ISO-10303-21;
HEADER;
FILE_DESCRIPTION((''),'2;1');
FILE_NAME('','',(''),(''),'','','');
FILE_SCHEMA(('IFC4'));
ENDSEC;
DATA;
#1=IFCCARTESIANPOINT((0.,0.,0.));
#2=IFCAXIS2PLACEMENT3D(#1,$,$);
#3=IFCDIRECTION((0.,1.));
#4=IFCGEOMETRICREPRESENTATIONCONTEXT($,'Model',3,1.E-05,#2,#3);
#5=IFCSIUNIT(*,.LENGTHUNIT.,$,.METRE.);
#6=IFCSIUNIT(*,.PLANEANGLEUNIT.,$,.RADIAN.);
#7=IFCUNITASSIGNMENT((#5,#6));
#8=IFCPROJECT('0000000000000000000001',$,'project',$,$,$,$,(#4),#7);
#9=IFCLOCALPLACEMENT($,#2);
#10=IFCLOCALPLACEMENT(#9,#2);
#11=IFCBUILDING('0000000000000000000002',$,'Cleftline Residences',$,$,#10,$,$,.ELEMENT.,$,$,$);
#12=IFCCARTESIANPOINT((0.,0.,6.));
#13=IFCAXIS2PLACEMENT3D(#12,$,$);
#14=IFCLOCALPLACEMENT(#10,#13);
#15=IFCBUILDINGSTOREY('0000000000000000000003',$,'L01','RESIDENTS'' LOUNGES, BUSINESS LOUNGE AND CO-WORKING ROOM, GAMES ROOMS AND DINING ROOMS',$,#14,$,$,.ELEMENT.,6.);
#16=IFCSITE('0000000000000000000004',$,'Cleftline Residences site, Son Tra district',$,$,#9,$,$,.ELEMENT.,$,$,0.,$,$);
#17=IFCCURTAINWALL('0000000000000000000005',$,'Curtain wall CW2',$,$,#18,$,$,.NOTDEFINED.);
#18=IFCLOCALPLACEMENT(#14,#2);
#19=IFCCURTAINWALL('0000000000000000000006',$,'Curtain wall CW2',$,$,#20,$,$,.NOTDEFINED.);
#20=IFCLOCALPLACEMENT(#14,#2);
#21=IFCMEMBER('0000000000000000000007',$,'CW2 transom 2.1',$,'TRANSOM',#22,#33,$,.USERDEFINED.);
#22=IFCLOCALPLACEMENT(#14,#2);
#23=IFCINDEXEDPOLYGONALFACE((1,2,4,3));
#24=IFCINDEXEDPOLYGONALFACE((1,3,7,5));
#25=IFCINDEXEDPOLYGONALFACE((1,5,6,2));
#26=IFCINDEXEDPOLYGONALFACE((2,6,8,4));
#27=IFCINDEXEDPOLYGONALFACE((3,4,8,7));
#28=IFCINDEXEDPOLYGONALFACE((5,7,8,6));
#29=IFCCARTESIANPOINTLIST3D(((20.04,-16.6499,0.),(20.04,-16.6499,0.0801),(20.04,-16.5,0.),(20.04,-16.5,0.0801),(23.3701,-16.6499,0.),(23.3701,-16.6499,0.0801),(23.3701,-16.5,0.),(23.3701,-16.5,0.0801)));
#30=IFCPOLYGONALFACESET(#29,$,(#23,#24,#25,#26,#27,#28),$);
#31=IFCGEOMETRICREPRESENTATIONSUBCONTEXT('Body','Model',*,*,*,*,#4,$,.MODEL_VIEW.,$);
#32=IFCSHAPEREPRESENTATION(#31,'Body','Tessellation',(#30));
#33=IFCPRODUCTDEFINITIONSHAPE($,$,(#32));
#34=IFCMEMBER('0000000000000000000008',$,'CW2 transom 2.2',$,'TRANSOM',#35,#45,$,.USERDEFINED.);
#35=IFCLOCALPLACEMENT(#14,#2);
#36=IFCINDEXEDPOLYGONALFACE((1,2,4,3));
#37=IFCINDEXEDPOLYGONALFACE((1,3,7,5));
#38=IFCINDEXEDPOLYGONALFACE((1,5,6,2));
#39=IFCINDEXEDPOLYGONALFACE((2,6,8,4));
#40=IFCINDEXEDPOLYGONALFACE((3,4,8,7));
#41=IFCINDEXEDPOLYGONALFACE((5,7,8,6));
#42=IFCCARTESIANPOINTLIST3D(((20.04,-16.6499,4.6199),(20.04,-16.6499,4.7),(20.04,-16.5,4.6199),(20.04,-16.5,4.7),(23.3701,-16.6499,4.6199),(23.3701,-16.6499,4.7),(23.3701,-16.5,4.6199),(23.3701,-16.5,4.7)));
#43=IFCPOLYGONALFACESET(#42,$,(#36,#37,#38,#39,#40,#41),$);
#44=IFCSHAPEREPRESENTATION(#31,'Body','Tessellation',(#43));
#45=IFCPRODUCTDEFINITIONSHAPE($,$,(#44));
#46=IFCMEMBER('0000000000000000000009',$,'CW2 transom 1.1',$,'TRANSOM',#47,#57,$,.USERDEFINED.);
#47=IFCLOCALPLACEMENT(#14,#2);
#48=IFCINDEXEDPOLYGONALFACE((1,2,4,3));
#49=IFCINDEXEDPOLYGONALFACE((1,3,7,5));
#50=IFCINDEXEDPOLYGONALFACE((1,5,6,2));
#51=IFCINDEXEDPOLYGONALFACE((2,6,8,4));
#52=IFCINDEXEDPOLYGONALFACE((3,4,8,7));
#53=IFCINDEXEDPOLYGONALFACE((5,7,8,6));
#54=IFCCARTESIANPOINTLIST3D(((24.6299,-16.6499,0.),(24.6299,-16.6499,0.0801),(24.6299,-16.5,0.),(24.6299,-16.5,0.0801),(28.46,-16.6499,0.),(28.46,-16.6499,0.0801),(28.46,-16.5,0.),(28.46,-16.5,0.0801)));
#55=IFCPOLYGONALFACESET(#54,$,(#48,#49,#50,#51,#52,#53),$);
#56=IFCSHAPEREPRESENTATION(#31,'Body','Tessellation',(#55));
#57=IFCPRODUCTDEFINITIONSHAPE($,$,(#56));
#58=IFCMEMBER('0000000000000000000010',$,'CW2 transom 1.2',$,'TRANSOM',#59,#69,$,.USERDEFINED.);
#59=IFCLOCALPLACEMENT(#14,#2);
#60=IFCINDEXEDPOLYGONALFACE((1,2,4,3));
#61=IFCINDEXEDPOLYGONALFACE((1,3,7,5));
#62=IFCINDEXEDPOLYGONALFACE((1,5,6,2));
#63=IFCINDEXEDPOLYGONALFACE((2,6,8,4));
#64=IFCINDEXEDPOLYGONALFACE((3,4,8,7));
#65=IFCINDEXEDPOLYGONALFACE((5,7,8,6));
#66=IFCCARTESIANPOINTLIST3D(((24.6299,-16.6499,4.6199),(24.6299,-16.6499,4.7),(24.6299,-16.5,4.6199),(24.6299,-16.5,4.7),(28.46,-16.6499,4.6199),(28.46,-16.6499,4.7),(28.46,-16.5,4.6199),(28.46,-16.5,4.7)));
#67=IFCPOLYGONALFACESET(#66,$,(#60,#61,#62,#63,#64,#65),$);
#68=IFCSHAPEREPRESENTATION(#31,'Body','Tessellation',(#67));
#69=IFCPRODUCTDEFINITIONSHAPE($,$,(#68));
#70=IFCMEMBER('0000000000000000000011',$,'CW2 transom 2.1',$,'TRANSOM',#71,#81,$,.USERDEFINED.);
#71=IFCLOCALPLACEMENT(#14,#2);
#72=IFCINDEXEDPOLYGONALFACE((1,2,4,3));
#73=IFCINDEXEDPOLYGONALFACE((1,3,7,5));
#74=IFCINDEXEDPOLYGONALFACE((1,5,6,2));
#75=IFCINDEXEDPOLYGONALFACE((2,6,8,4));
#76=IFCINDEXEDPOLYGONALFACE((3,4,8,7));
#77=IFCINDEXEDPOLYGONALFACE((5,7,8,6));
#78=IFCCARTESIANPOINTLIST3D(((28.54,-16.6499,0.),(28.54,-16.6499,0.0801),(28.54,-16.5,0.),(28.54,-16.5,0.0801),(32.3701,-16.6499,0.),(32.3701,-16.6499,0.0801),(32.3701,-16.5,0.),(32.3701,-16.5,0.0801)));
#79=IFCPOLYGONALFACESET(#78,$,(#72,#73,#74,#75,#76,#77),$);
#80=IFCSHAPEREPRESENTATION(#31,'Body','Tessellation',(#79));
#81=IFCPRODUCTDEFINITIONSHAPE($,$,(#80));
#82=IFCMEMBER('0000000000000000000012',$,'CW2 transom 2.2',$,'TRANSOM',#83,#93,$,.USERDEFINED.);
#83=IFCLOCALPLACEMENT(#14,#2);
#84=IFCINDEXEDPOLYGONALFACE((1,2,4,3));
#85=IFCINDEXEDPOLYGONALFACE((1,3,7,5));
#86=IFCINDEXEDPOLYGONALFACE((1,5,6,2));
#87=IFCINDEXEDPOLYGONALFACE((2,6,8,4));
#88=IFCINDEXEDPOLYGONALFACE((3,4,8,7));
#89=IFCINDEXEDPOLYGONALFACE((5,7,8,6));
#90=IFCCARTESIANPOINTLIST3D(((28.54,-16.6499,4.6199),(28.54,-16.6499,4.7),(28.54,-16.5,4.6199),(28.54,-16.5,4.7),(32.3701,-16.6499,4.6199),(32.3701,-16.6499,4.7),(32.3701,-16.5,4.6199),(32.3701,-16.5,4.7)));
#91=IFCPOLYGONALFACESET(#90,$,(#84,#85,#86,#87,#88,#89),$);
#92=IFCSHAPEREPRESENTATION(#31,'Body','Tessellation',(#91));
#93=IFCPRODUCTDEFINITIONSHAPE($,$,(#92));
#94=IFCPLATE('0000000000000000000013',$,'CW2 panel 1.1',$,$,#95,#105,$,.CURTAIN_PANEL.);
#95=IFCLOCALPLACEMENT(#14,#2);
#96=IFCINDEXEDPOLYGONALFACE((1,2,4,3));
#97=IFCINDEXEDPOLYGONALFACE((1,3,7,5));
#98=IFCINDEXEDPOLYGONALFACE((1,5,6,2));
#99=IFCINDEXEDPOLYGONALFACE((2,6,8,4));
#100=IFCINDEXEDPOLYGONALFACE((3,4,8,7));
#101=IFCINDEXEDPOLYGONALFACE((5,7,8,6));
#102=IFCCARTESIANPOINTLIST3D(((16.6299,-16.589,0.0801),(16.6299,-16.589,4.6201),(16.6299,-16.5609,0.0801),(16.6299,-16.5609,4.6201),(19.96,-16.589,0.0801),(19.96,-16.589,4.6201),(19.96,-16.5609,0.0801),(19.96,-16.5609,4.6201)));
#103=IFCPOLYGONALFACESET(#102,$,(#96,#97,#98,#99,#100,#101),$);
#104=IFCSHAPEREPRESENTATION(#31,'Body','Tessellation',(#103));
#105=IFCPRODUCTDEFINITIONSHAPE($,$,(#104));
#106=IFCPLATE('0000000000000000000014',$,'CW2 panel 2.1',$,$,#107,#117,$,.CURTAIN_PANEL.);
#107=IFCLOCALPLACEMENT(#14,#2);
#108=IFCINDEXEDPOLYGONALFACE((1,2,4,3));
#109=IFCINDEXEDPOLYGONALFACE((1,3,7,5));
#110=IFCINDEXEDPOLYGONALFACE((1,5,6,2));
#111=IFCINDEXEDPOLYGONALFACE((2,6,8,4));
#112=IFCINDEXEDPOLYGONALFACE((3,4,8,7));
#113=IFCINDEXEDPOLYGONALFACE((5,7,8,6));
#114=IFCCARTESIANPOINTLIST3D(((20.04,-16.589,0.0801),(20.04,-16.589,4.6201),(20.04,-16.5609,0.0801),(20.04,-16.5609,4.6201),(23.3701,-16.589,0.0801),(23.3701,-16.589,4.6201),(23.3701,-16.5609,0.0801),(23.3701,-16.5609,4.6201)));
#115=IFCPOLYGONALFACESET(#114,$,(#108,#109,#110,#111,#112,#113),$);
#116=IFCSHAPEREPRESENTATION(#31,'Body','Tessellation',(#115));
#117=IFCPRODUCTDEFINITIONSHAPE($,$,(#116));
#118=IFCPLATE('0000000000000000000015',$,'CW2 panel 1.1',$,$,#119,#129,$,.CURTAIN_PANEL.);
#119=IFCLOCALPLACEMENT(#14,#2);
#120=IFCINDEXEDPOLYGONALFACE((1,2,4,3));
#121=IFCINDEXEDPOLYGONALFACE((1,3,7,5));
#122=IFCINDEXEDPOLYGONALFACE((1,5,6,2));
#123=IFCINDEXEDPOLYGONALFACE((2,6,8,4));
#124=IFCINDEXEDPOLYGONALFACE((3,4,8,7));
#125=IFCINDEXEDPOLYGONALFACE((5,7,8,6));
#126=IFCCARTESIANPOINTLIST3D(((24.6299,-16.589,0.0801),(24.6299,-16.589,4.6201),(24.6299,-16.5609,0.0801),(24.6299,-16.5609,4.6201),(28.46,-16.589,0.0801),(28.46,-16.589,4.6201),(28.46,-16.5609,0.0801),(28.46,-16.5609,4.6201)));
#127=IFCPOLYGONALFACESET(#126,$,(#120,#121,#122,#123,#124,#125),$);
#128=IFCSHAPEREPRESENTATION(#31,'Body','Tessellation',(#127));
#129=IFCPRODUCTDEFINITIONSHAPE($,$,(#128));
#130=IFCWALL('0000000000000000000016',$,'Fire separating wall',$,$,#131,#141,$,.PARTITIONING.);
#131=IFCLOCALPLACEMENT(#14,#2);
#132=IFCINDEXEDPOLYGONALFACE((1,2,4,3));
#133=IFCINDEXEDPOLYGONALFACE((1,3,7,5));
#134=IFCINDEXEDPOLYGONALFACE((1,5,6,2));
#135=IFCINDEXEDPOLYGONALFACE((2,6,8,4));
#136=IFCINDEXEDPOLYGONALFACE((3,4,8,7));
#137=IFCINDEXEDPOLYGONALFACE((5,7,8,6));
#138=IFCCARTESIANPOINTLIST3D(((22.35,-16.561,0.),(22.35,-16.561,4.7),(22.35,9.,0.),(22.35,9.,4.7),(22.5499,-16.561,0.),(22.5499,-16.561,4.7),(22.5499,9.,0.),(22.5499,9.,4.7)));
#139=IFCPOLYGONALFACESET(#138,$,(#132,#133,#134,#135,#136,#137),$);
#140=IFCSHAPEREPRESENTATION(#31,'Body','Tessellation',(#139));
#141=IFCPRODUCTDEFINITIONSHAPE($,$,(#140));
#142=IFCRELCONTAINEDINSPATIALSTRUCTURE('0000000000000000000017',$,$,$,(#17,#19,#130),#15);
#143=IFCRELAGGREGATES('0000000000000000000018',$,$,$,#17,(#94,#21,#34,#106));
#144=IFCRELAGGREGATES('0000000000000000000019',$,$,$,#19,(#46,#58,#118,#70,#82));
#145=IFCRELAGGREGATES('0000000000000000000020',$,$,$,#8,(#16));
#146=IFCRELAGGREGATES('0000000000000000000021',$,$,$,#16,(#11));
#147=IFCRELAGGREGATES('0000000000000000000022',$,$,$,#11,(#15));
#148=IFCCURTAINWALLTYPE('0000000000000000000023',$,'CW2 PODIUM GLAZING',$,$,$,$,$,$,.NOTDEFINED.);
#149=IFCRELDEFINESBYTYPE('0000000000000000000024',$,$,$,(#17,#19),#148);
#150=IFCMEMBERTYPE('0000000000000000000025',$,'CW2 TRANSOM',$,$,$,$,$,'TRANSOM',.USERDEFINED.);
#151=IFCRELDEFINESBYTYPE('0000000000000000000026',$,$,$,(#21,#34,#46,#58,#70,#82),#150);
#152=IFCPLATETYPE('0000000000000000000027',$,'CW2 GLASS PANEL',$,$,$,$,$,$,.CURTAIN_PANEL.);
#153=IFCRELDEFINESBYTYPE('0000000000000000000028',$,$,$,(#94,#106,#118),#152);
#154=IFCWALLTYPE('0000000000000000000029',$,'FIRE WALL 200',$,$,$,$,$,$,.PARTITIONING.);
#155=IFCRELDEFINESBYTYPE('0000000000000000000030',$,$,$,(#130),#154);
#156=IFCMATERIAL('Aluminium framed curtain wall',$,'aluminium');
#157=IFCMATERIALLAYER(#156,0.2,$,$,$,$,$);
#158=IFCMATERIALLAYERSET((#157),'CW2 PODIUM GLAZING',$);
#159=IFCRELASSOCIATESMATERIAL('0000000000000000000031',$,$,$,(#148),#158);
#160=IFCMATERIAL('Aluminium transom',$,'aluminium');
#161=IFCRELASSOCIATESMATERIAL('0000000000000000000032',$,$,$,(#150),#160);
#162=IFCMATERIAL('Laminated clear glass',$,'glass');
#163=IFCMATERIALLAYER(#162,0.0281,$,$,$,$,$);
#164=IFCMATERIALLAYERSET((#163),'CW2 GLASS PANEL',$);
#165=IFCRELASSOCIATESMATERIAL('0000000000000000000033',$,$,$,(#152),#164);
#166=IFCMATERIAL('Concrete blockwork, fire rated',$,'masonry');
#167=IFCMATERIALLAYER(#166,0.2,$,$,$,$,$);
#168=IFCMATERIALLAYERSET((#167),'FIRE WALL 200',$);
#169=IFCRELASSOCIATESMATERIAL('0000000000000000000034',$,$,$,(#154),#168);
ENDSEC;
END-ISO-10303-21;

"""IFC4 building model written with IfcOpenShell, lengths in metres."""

from ifc_helpers import new_model, si_unit, direction, frame, frame_2d, origin, origin_2d, place, context, subcontext, project, spatial, rectangle, extrude, material, layer, layer_set, material_profile, profile_set, type_object, element, aggregate, save


model = new_model("IFC4")

# Units and contexts
model_context = context("Model", 3, precision=1e-05, world=origin(), true_north=direction((0.0, 1.0)))
body_context = subcontext(model_context, "Body", "Model", "MODEL_VIEW")
ifc_project = project(units=[si_unit("LENGTHUNIT", "METRE"), si_unit("PLANEANGLEUNIT", "RADIAN")], contexts=[model_context])

# Site, building, storey
site_placement = place(None, origin())
site = spatial("IfcSite", under=ifc_project, at=site_placement, Name="Cleftline Residences site, Son Tra district", CompositionType="ELEMENT", RefElevation=0.0)
building_placement = place(site_placement, origin())
building = spatial("IfcBuilding", under=site, at=building_placement, Name="Cleftline Residences", CompositionType="ELEMENT")
storey_placement = place(building_placement, frame((0.0, 0.0, 6.0)))
storey = spatial("IfcBuildingStorey", under=building, at=storey_placement, Name="L01", Description="RESIDENTS' LOUNGES, BUSINESS LOUNGE AND CO-WORKING ROOM, GAMES ROOMS AND DINING ROOMS", CompositionType="ELEMENT", Elevation=6.0)

# Curtain walls
ifc_material_1 = material(Name="Aluminium framed curtain wall", Category="aluminium")
ifc_layer_1 = layer(ifc_material_1, 0.2)
ifc_layer_set_1 = layer_set([ifc_layer_1], Name="CW2 PODIUM GLAZING")
curtain_wall_type = type_object("IfcCurtainWallType", Name="CW2 PODIUM GLAZING", PredefinedType="NOTDEFINED", material=ifc_layer_set_1)
curtain_wall_1_placement = place(storey_placement, origin())
curtain_wall_1 = element("IfcCurtainWall", 1, at=curtain_wall_1_placement, inside=storey, type_object=curtain_wall_type, Name="Curtain wall CW2", PredefinedType="NOTDEFINED")
curtain_wall_2_placement = place(storey_placement, origin())
curtain_wall_2 = element("IfcCurtainWall", 2, at=curtain_wall_2_placement, inside=storey, type_object=curtain_wall_type, Name="Curtain wall CW2", PredefinedType="NOTDEFINED")

# Members
ifc_material_2 = material(Name="Aluminium transom", Category="aluminium")
ifc_material_profile_1 = material_profile(ifc_material_2, rectangle(XDim=0.1499, YDim=0.0801, at=origin_2d()))
ifc_profile_set_1 = profile_set([ifc_material_profile_1], Name="Aluminium transom")
member_type_1 = type_object("IfcMemberType", Name="CW2 TRANSOM", ElementType="TRANSOM", PredefinedType="USERDEFINED", material=ifc_profile_set_1)
member_1_placement = place(storey_placement, frame((20.04, -16.575, 0.04), z_axis=(1.0, 0.0, 0.0), x_axis=(0.0, 1.0, 0.0)))
member_1 = element("IfcMember", 3, at=member_1_placement, type_object=member_type_1, Name="CW2 transom 2.1", ObjectType="TRANSOM", PredefinedType="USERDEFINED", context=body_context, shape_type="SweptSolid", body=[
    extrude(rectangle(XDim=0.1499, YDim=0.0801, at=origin_2d()), origin(), (0.0, 0.0, 1.0), 3.3301),
])
member_2_placement = place(storey_placement, frame((20.04, -16.575, 4.6599), z_axis=(1.0, 0.0, 0.0), x_axis=(0.0, 1.0, 0.0)))
member_2 = element("IfcMember", 4, at=member_2_placement, type_object=member_type_1, Name="CW2 transom 2.2", ObjectType="TRANSOM", PredefinedType="USERDEFINED", context=body_context, shape_type="SweptSolid", body=[
    extrude(rectangle(XDim=0.1499, YDim=0.0801, at=origin_2d()), origin(), (0.0, 0.0, 1.0), 3.3301),
])
member_3_placement = place(storey_placement, frame((24.6299, -16.575, 0.04), z_axis=(1.0, 0.0, 0.0), x_axis=(0.0, 1.0, 0.0)))
member_3 = element("IfcMember", 5, at=member_3_placement, type_object=member_type_1, Name="CW2 transom 1.1", ObjectType="TRANSOM", PredefinedType="USERDEFINED", context=body_context, shape_type="SweptSolid", body=[
    extrude(rectangle(XDim=0.1499, YDim=0.0801, at=origin_2d()), origin(), (0.0, 0.0, 1.0), 3.8301),
])
member_4_placement = place(storey_placement, frame((24.6299, -16.575, 4.6599), z_axis=(1.0, 0.0, 0.0), x_axis=(0.0, 1.0, 0.0)))
member_4 = element("IfcMember", 6, at=member_4_placement, type_object=member_type_1, Name="CW2 transom 1.2", ObjectType="TRANSOM", PredefinedType="USERDEFINED", context=body_context, shape_type="SweptSolid", body=[
    extrude(rectangle(XDim=0.1499, YDim=0.0801, at=origin_2d()), origin(), (0.0, 0.0, 1.0), 3.8301),
])
member_5_placement = place(storey_placement, frame((28.54, -16.575, 0.04), z_axis=(1.0, 0.0, 0.0), x_axis=(0.0, 1.0, 0.0)))
member_5 = element("IfcMember", 7, at=member_5_placement, type_object=member_type_1, Name="CW2 transom 2.1", ObjectType="TRANSOM", PredefinedType="USERDEFINED", context=body_context, shape_type="SweptSolid", body=[
    extrude(rectangle(XDim=0.1499, YDim=0.0801, at=origin_2d()), origin(), (0.0, 0.0, 1.0), 3.8301),
])
member_6_placement = place(storey_placement, frame((28.54, -16.575, 4.6599), z_axis=(1.0, 0.0, 0.0), x_axis=(0.0, 1.0, 0.0)))
member_6 = element("IfcMember", 8, at=member_6_placement, type_object=member_type_1, Name="CW2 transom 2.2", ObjectType="TRANSOM", PredefinedType="USERDEFINED", context=body_context, shape_type="SweptSolid", body=[
    extrude(rectangle(XDim=0.1499, YDim=0.0801, at=origin_2d()), origin(), (0.0, 0.0, 1.0), 3.8301),
])

# Plates
ifc_material_3 = material(Name="Laminated clear glass", Category="glass")
ifc_layer_2 = layer(ifc_material_3, 0.0281)
ifc_layer_set_2 = layer_set([ifc_layer_2], Name="CW2 GLASS PANEL")
plate_type = type_object("IfcPlateType", Name="CW2 GLASS PANEL", PredefinedType="CURTAIN_PANEL", material=ifc_layer_set_2)
plate_1_placement = place(storey_placement, frame((18.2949, -16.575, 0.0801), z_axis=(0.0, 0.0, 1.0), x_axis=(1.0, 0.0, 0.0)))
plate_1 = element("IfcPlate", 9, at=plate_1_placement, type_object=plate_type, Name="CW2 panel 1.1", PredefinedType="CURTAIN_PANEL", context=body_context, shape_type="SweptSolid", body=[
    extrude(rectangle(XDim=3.3301, YDim=0.0281, at=origin_2d()), origin(), (0.0, 0.0, 1.0), 4.54),
])
plate_2_placement = place(storey_placement, frame((21.7051, -16.575, 0.0801), z_axis=(0.0, 0.0, 1.0), x_axis=(1.0, 0.0, 0.0)))
plate_2 = element("IfcPlate", 10, at=plate_2_placement, type_object=plate_type, Name="CW2 panel 2.1", PredefinedType="CURTAIN_PANEL", context=body_context, shape_type="SweptSolid", body=[
    extrude(rectangle(XDim=3.3301, YDim=0.0281, at=origin_2d()), origin(), (0.0, 0.0, 1.0), 4.54),
])
aggregate(curtain_wall_1, [plate_1, member_1, member_2, plate_2])
plate_3_placement = place(storey_placement, frame((26.5449, -16.575, 0.0801), z_axis=(0.0, 0.0, 1.0), x_axis=(1.0, 0.0, 0.0)))
plate_3 = element("IfcPlate", 11, at=plate_3_placement, type_object=plate_type, Name="CW2 panel 1.1", PredefinedType="CURTAIN_PANEL", context=body_context, shape_type="SweptSolid", body=[
    extrude(rectangle(XDim=3.8301, YDim=0.0281, at=origin_2d()), origin(), (0.0, 0.0, 1.0), 4.54),
])
aggregate(curtain_wall_2, [member_3, member_4, plate_3, member_5, member_6])

# Wall
ifc_material_4 = material(Name="Concrete blockwork, fire rated", Category="masonry")
ifc_layer_3 = layer(ifc_material_4, 0.2)
ifc_layer_set_3 = layer_set([ifc_layer_3], Name="FIRE WALL 200")
wall_type = type_object("IfcWallType", Name="FIRE WALL 200", PredefinedType="PARTITIONING", material=ifc_layer_set_3)
wall_placement = place(storey_placement, frame((22.45, -16.561, 0.0), z_axis=(0.0, 0.0, 1.0), x_axis=(0.0, 1.0, 0.0)))
element("IfcWall", 12, at=wall_placement, inside=storey, type_object=wall_type, Name="Fire separating wall", PredefinedType="PARTITIONING", context=body_context, shape_type="SweptSolid", body=[
    extrude(rectangle(XDim=25.561, YDim=0.2, at=frame_2d((12.7805, 0.0))), origin(), (0.0, 0.0, 1.0), 4.7),
])

save(model, "model.ifc")
